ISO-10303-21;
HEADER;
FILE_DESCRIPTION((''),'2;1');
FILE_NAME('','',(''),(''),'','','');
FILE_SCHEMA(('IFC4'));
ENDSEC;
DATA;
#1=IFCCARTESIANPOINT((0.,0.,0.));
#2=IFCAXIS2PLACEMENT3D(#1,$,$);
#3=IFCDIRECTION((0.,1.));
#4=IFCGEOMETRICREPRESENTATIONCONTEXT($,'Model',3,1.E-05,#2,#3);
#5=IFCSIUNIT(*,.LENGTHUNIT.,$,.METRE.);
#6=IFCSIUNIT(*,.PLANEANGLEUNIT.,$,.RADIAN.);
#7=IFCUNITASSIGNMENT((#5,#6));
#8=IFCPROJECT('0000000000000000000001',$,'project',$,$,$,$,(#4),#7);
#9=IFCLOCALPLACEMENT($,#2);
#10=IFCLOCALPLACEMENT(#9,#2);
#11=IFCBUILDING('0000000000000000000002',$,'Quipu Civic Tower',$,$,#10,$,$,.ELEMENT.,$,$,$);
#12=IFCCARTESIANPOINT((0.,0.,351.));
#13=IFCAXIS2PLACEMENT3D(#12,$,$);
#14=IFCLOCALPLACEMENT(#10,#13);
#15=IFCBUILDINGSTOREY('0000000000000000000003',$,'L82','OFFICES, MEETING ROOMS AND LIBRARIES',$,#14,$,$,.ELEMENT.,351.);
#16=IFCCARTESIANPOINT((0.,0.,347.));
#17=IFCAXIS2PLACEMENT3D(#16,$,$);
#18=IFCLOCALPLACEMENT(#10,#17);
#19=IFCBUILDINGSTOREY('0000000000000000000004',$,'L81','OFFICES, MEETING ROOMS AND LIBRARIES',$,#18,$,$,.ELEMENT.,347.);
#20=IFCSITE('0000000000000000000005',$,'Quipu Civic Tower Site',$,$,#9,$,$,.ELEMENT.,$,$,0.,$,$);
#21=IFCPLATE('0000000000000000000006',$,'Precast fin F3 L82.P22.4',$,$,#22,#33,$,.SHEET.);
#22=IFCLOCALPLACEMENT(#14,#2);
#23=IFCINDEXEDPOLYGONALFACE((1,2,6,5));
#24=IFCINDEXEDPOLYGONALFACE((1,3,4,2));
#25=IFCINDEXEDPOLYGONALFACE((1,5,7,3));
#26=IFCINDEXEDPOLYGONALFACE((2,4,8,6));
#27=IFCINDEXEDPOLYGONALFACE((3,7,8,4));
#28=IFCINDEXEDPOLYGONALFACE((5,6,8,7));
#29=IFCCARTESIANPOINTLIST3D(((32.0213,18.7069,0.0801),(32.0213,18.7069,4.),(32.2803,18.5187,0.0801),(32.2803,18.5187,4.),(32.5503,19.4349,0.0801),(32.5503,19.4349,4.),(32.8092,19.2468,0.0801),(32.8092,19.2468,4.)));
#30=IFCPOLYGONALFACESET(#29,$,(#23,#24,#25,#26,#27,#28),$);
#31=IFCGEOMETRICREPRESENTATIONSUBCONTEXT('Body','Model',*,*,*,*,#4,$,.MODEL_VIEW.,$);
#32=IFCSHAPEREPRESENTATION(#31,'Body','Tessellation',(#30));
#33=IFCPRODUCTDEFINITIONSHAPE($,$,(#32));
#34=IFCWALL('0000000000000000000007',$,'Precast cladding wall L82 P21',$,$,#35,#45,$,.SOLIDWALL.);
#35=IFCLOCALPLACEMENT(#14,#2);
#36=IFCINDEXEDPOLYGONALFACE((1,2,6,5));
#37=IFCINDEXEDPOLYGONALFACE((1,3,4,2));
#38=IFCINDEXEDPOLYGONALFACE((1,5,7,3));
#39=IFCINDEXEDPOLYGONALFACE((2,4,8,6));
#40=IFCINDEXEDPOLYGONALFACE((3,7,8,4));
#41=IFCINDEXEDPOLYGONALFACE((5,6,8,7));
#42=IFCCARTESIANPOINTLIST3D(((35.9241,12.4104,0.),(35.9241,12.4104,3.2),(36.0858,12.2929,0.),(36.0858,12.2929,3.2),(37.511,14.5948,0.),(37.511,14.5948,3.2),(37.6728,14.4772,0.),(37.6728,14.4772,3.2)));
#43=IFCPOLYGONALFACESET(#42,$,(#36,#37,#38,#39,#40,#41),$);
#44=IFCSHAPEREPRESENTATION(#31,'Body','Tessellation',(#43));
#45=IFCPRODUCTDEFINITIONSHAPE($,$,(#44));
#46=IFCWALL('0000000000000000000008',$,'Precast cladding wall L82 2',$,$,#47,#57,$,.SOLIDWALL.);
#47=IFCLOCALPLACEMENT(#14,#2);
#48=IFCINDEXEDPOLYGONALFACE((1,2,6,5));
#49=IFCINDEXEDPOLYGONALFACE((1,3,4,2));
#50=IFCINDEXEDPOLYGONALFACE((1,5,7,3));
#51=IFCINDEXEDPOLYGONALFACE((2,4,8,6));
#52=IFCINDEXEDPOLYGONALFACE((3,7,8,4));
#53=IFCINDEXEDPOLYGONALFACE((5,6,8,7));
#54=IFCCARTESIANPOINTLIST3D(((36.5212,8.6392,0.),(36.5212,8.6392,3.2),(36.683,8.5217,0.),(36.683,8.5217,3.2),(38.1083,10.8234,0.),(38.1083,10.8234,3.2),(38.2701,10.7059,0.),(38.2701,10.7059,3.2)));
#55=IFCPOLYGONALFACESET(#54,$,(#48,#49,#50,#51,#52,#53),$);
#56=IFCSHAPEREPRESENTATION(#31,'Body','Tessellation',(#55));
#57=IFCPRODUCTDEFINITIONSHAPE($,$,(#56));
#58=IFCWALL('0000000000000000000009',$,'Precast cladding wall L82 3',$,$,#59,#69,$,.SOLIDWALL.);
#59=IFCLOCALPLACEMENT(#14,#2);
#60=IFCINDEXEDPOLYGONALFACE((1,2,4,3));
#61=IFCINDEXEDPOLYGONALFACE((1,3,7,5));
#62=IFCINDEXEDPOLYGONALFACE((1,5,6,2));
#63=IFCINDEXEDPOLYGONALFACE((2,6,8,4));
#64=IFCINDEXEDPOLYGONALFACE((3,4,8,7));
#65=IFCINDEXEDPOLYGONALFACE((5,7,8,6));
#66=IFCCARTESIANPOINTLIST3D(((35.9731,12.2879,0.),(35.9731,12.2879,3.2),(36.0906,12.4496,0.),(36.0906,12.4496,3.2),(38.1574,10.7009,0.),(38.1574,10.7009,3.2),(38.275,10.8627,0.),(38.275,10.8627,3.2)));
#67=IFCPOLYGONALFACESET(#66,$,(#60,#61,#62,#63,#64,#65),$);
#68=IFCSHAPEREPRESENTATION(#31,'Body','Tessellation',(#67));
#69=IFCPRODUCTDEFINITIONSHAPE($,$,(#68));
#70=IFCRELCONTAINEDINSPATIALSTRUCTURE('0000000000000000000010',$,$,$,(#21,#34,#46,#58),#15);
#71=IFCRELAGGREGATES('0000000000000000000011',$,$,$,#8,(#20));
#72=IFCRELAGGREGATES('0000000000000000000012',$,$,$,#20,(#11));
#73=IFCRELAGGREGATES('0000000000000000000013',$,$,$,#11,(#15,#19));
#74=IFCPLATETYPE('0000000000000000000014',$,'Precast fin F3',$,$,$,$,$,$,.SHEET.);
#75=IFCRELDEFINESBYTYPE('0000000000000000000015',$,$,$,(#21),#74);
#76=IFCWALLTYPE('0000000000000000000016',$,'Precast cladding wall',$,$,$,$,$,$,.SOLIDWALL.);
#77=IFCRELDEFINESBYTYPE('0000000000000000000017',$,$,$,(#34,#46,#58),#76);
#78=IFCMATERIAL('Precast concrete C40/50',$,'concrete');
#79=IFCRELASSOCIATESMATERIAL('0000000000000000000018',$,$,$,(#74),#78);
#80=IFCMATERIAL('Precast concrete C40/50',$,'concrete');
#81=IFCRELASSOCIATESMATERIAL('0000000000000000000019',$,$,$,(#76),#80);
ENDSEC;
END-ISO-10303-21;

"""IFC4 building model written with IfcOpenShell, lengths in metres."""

from ifc_helpers import new_model, si_unit, direction, frame, frame_2d, origin, origin_2d, place, context, subcontext, project, spatial, rectangle, extrude, material, type_object, element, save


model = new_model("IFC4")

# Units and contexts
model_context = context("Model", 3, precision=1e-05, world=origin(), true_north=direction((0.0, 1.0)))
body_context = subcontext(model_context, "Body", "Model", "MODEL_VIEW")
ifc_project = project(units=[si_unit("LENGTHUNIT", "METRE"), si_unit("PLANEANGLEUNIT", "RADIAN")], contexts=[model_context])

# Site, building, storey
site_placement = place(None, origin())
site = spatial("IfcSite", under=ifc_project, at=site_placement, Name="Quipu Civic Tower Site", CompositionType="ELEMENT", RefElevation=0.0)
building_placement = place(site_placement, origin())
building = spatial("IfcBuilding", under=site, at=building_placement, Name="Quipu Civic Tower", CompositionType="ELEMENT")
storey_1_placement = place(building_placement, frame((0.0, 0.0, 351.0)))
storey_1 = spatial("IfcBuildingStorey", under=building, at=storey_1_placement, Name="L82", Description="OFFICES, MEETING ROOMS AND LIBRARIES", CompositionType="ELEMENT", Elevation=351.0)

# Shared definitions
storey_2_placement = place(building_placement, frame((0.0, 0.0, 347.0)))
storey_2 = spatial("IfcBuildingStorey", under=building, at=storey_2_placement, Name="L81", Description="OFFICES, MEETING ROOMS AND LIBRARIES", CompositionType="ELEMENT", Elevation=347.0)

# Plate
ifc_material_1 = material(Name="Precast concrete C40/50", Category="concrete")
plate_type_1 = type_object("IfcPlateType", Name="Precast fin F3", PredefinedType="SHEET", material=ifc_material_1)
for number, where, z_axis, x_axis, name in (
    (1, (32.4153, 18.9768, 0.0801), (0.0, 0.0, 1.0), (-0.809017, 0.587785, 0.0), "Precast fin F3 L82.P22.4"),
):
    element("IfcPlate", number, at=place(storey_1_placement, frame(where, z_axis=z_axis, x_axis=x_axis)), inside=storey_1, type_object=plate_type_1, Name=name, PredefinedType="SHEET", context=body_context, shape_type="SweptSolid", body=[
        extrude(rectangle(XDim=0.3201, YDim=0.8999, at=origin_2d()), origin(), (0.0, 0.0, 1.0), 3.9199),
    ])

# Walls
ifc_material_2 = material(Name="Precast concrete C40/50", Category="concrete")
wall_type = type_object("IfcWallType", Name="Precast cladding wall", PredefinedType="SOLIDWALL", material=ifc_material_2)
for number, where, z_axis, x_axis, name in (
    (2, (36.0049, 12.3516, 0.0), (0.0, 0.0, 1.0), (0.587763, 0.809033, 0.0), "Precast cladding wall L82 P21"),
    (3, (36.6021, 8.5803, 0.0), (0.0, 0.0, 1.0), (0.587822, 0.80899, 0.0), "Precast cladding wall L82 2"),
    (4, (38.2163, 10.7817, 0.0), (0.0, 0.0, 1.0), (-0.809033, 0.587763, 0.0), "Precast cladding wall L82 3"),
):
    element("IfcWall", number, at=place(storey_1_placement, frame(where, z_axis=z_axis, x_axis=x_axis)), inside=storey_1, type_object=wall_type, Name=name, PredefinedType="SOLIDWALL", context=body_context, shape_type="SweptSolid", body=[
        extrude(rectangle(XDim=2.7, YDim=0.2, at=frame_2d((1.3501, 0.0))), origin(), (0.0, 0.0, 1.0), 3.2),
    ])

save(model, "model.ifc")
